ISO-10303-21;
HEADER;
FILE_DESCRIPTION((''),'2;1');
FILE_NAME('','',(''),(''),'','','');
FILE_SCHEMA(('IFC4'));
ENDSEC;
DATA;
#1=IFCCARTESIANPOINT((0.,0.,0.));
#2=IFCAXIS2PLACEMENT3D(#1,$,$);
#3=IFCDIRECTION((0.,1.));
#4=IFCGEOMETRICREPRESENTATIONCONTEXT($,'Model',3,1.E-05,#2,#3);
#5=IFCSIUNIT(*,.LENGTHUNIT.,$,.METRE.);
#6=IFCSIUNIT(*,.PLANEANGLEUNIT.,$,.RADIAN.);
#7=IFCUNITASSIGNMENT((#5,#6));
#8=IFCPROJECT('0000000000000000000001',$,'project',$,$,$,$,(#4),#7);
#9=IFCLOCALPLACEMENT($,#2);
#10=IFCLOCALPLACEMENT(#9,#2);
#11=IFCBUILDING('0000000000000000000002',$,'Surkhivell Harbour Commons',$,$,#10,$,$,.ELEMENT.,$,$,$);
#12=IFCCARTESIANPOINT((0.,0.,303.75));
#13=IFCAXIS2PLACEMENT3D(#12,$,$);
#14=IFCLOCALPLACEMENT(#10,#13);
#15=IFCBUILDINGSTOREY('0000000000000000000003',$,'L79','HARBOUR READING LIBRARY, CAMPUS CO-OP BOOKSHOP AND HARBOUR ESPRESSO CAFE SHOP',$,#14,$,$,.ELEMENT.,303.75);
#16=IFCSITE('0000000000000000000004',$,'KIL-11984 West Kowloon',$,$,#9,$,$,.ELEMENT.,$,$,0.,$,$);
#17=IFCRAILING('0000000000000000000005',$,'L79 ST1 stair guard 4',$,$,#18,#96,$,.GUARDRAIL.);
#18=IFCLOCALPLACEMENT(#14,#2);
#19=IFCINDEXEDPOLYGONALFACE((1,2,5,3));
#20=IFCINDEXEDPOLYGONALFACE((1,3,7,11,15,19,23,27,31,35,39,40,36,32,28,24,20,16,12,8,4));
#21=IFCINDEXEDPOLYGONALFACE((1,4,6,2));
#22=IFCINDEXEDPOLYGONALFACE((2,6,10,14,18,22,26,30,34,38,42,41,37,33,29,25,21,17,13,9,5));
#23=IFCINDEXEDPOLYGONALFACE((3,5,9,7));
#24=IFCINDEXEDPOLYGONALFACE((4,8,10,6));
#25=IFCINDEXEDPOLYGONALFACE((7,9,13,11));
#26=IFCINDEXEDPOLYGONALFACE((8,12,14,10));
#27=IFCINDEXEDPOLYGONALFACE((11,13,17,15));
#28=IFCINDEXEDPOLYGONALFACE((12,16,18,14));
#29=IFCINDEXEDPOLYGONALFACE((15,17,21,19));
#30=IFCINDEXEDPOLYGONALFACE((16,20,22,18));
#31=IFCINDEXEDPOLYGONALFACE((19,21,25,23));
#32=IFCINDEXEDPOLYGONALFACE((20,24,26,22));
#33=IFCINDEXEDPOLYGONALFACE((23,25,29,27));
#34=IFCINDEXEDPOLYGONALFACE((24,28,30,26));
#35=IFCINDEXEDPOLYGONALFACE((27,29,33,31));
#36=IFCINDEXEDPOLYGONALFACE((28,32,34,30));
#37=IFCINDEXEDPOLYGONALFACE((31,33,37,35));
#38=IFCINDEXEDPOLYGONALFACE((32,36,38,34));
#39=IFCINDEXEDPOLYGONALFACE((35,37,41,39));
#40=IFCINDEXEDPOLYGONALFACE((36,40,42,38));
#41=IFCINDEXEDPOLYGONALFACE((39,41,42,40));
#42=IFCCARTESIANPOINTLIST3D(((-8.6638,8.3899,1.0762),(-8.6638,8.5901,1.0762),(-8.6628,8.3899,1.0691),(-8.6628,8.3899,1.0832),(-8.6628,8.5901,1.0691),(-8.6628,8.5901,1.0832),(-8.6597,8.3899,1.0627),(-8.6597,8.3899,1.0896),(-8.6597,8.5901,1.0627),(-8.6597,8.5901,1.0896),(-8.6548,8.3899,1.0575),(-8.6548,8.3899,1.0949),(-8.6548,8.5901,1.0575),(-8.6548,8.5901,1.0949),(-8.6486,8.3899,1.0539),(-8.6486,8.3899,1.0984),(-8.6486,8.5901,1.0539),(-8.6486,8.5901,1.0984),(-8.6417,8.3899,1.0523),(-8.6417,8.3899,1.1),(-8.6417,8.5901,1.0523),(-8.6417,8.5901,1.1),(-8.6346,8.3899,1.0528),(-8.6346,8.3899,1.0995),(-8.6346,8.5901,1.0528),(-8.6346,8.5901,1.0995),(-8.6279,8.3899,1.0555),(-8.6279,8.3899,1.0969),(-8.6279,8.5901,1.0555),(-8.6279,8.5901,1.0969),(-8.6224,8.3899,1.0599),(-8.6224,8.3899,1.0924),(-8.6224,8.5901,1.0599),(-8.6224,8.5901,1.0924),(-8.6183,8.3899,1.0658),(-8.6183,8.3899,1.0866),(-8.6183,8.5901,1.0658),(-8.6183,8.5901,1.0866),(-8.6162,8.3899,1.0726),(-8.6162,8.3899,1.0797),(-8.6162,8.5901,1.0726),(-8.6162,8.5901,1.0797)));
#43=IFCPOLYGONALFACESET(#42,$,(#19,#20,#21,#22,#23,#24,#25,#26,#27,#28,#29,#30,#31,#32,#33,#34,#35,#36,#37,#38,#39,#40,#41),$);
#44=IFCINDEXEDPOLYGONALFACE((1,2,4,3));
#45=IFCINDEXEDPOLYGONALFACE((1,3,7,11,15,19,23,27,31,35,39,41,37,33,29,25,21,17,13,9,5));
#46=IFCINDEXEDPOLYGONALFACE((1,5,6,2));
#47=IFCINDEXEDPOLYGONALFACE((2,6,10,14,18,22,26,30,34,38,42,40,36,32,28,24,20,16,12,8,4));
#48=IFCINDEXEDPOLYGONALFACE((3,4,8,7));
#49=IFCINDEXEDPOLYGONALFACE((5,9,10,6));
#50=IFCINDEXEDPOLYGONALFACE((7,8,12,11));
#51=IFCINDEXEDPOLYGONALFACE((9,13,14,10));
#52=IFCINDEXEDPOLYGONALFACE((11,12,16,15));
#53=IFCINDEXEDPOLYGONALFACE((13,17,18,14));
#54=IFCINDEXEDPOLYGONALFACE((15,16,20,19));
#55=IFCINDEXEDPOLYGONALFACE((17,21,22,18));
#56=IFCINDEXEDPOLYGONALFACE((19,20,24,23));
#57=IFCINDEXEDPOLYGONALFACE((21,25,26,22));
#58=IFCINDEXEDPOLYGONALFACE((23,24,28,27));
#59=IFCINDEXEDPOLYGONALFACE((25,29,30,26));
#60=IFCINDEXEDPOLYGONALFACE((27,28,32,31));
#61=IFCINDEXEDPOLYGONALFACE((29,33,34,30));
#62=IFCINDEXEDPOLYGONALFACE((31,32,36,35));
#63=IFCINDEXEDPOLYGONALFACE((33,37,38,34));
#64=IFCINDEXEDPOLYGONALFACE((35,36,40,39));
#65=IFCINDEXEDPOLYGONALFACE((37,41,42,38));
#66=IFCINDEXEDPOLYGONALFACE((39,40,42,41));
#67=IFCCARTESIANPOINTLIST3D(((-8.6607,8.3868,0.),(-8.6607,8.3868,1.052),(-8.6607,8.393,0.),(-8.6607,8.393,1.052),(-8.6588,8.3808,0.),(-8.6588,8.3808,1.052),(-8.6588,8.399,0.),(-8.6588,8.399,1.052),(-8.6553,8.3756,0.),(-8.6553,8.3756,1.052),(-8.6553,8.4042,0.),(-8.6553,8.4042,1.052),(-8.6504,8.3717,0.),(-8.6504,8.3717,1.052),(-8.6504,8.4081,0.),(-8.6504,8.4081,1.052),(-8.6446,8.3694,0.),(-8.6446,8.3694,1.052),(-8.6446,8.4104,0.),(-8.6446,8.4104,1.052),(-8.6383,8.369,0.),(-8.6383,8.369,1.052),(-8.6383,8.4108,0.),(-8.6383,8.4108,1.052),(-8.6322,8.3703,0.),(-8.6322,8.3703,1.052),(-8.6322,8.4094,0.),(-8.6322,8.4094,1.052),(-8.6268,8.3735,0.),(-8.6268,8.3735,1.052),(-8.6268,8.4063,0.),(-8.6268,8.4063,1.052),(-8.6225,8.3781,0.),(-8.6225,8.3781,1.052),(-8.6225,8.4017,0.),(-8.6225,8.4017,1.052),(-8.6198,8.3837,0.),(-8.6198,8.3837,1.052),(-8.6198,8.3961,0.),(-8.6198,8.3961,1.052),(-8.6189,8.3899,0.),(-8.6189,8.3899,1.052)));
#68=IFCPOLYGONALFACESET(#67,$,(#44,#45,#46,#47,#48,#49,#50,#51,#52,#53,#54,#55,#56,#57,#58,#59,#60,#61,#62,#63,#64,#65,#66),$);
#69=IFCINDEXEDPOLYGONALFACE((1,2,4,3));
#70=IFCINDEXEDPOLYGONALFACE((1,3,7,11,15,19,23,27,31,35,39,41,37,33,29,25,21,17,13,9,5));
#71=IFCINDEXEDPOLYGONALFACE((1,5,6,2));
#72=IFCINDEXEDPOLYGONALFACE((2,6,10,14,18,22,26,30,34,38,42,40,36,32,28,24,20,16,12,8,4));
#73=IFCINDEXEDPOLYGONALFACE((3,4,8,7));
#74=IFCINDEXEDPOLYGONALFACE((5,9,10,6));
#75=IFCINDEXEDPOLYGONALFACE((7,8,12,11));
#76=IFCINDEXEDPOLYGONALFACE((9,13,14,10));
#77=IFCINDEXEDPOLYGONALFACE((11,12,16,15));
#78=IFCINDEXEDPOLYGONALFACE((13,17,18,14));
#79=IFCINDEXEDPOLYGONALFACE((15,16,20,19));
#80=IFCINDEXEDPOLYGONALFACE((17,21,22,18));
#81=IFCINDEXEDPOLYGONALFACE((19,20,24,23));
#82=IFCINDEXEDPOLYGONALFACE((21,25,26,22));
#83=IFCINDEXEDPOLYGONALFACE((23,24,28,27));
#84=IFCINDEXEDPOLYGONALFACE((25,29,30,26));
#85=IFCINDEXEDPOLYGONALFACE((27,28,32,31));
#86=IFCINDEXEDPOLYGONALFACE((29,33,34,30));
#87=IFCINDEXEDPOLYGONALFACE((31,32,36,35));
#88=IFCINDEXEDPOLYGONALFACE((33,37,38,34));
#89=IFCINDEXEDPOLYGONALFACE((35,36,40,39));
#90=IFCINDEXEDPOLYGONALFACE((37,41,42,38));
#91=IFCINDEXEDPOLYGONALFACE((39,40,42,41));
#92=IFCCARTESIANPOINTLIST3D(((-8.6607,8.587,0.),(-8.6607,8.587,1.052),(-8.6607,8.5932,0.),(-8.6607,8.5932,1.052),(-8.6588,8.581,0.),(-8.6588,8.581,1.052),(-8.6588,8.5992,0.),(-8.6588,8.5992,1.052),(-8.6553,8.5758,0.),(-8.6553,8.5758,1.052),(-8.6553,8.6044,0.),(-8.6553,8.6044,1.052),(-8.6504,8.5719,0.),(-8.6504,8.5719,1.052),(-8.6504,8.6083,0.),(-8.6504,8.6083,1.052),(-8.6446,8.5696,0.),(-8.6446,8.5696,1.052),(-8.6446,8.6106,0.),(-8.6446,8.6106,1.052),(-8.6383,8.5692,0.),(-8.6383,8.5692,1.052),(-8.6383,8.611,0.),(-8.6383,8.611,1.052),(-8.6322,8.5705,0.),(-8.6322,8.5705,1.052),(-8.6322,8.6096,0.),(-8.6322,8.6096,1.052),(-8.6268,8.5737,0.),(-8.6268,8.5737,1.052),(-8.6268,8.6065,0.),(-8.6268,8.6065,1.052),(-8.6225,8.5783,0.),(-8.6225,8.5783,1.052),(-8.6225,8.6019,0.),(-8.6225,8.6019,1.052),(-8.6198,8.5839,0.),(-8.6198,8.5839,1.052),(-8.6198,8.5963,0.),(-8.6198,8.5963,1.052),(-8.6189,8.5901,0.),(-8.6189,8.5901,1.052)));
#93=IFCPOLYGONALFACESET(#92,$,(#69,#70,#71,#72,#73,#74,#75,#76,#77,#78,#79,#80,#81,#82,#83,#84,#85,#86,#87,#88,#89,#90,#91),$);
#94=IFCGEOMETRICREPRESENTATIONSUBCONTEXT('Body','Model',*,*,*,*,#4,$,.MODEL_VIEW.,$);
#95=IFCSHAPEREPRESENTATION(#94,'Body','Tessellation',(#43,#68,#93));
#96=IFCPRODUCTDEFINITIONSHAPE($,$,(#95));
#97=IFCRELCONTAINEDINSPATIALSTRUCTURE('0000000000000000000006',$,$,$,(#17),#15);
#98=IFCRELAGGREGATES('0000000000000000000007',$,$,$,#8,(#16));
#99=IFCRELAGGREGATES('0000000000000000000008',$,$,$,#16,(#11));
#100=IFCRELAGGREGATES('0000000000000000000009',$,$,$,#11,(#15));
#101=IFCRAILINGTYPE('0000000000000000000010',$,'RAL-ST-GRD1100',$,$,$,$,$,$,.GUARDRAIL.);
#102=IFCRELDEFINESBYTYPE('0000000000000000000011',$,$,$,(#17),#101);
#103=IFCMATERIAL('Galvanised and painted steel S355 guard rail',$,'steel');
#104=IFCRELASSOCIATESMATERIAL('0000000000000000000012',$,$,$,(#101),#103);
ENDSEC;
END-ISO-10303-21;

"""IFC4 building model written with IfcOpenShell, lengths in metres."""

from ifc_helpers import new_model, si_unit, direction, frame, origin, origin_2d, place, context, subcontext, project, spatial, circle, extrude, material, type_object, element, save


model = new_model("IFC4")

# Units and contexts
model_context = context("Model", 3, precision=1e-05, world=origin(), true_north=direction((0.0, 1.0)))
body_context = subcontext(model_context, "Body", "Model", "MODEL_VIEW")
ifc_project = project(units=[si_unit("LENGTHUNIT", "METRE"), si_unit("PLANEANGLEUNIT", "RADIAN")], contexts=[model_context])

# Site, building, storey
site_placement = place(None, origin())
site = spatial("IfcSite", under=ifc_project, at=site_placement, Name="KIL-11984 West Kowloon", CompositionType="ELEMENT", RefElevation=0.0)
building_placement = place(site_placement, origin())
building = spatial("IfcBuilding", under=site, at=building_placement, Name="Surkhivell Harbour Commons", CompositionType="ELEMENT")
storey_placement = place(building_placement, frame((0.0, 0.0, 303.75)))
storey = spatial("IfcBuildingStorey", under=building, at=storey_placement, Name="L79", Description="HARBOUR READING LIBRARY, CAMPUS CO-OP BOOKSHOP AND HARBOUR ESPRESSO CAFE SHOP", CompositionType="ELEMENT", Elevation=303.75)

# Railing
ifc_material_1 = material(Name="Galvanised and painted steel S355 guard rail", Category="steel")
railing_type_1 = type_object("IfcRailingType", Name="RAL-ST-GRD1100", PredefinedType="GUARDRAIL", material=ifc_material_1)
railing_1_placement = place(storey_placement, frame((-8.6399, 8.3899, 0.0)))
element("IfcRailing", 1, at=railing_1_placement, inside=storey, type_object=railing_type_1, Name="L79 ST1 stair guard 4", PredefinedType="GUARDRAIL", context=body_context, shape_type="SweptSolid", body=[
    extrude(circle(Radius=0.0239, at=origin_2d()), frame((0.0, 0.0, 1.0762), z_axis=(0.0, 1.0, 0.0), x_axis=(-1.0, 0.0, 0.0)), (0.0, 0.0, 1.0), 0.2002),
    extrude(circle(Radius=0.021, at=origin_2d()), origin(), (0.0, 0.0, 1.0), 1.052),
    extrude(circle(Radius=0.021, at=origin_2d()), frame((0.0, 0.2002, 0.0)), (0.0, 0.0, 1.0), 1.052),
])

save(model, "model.ifc")
